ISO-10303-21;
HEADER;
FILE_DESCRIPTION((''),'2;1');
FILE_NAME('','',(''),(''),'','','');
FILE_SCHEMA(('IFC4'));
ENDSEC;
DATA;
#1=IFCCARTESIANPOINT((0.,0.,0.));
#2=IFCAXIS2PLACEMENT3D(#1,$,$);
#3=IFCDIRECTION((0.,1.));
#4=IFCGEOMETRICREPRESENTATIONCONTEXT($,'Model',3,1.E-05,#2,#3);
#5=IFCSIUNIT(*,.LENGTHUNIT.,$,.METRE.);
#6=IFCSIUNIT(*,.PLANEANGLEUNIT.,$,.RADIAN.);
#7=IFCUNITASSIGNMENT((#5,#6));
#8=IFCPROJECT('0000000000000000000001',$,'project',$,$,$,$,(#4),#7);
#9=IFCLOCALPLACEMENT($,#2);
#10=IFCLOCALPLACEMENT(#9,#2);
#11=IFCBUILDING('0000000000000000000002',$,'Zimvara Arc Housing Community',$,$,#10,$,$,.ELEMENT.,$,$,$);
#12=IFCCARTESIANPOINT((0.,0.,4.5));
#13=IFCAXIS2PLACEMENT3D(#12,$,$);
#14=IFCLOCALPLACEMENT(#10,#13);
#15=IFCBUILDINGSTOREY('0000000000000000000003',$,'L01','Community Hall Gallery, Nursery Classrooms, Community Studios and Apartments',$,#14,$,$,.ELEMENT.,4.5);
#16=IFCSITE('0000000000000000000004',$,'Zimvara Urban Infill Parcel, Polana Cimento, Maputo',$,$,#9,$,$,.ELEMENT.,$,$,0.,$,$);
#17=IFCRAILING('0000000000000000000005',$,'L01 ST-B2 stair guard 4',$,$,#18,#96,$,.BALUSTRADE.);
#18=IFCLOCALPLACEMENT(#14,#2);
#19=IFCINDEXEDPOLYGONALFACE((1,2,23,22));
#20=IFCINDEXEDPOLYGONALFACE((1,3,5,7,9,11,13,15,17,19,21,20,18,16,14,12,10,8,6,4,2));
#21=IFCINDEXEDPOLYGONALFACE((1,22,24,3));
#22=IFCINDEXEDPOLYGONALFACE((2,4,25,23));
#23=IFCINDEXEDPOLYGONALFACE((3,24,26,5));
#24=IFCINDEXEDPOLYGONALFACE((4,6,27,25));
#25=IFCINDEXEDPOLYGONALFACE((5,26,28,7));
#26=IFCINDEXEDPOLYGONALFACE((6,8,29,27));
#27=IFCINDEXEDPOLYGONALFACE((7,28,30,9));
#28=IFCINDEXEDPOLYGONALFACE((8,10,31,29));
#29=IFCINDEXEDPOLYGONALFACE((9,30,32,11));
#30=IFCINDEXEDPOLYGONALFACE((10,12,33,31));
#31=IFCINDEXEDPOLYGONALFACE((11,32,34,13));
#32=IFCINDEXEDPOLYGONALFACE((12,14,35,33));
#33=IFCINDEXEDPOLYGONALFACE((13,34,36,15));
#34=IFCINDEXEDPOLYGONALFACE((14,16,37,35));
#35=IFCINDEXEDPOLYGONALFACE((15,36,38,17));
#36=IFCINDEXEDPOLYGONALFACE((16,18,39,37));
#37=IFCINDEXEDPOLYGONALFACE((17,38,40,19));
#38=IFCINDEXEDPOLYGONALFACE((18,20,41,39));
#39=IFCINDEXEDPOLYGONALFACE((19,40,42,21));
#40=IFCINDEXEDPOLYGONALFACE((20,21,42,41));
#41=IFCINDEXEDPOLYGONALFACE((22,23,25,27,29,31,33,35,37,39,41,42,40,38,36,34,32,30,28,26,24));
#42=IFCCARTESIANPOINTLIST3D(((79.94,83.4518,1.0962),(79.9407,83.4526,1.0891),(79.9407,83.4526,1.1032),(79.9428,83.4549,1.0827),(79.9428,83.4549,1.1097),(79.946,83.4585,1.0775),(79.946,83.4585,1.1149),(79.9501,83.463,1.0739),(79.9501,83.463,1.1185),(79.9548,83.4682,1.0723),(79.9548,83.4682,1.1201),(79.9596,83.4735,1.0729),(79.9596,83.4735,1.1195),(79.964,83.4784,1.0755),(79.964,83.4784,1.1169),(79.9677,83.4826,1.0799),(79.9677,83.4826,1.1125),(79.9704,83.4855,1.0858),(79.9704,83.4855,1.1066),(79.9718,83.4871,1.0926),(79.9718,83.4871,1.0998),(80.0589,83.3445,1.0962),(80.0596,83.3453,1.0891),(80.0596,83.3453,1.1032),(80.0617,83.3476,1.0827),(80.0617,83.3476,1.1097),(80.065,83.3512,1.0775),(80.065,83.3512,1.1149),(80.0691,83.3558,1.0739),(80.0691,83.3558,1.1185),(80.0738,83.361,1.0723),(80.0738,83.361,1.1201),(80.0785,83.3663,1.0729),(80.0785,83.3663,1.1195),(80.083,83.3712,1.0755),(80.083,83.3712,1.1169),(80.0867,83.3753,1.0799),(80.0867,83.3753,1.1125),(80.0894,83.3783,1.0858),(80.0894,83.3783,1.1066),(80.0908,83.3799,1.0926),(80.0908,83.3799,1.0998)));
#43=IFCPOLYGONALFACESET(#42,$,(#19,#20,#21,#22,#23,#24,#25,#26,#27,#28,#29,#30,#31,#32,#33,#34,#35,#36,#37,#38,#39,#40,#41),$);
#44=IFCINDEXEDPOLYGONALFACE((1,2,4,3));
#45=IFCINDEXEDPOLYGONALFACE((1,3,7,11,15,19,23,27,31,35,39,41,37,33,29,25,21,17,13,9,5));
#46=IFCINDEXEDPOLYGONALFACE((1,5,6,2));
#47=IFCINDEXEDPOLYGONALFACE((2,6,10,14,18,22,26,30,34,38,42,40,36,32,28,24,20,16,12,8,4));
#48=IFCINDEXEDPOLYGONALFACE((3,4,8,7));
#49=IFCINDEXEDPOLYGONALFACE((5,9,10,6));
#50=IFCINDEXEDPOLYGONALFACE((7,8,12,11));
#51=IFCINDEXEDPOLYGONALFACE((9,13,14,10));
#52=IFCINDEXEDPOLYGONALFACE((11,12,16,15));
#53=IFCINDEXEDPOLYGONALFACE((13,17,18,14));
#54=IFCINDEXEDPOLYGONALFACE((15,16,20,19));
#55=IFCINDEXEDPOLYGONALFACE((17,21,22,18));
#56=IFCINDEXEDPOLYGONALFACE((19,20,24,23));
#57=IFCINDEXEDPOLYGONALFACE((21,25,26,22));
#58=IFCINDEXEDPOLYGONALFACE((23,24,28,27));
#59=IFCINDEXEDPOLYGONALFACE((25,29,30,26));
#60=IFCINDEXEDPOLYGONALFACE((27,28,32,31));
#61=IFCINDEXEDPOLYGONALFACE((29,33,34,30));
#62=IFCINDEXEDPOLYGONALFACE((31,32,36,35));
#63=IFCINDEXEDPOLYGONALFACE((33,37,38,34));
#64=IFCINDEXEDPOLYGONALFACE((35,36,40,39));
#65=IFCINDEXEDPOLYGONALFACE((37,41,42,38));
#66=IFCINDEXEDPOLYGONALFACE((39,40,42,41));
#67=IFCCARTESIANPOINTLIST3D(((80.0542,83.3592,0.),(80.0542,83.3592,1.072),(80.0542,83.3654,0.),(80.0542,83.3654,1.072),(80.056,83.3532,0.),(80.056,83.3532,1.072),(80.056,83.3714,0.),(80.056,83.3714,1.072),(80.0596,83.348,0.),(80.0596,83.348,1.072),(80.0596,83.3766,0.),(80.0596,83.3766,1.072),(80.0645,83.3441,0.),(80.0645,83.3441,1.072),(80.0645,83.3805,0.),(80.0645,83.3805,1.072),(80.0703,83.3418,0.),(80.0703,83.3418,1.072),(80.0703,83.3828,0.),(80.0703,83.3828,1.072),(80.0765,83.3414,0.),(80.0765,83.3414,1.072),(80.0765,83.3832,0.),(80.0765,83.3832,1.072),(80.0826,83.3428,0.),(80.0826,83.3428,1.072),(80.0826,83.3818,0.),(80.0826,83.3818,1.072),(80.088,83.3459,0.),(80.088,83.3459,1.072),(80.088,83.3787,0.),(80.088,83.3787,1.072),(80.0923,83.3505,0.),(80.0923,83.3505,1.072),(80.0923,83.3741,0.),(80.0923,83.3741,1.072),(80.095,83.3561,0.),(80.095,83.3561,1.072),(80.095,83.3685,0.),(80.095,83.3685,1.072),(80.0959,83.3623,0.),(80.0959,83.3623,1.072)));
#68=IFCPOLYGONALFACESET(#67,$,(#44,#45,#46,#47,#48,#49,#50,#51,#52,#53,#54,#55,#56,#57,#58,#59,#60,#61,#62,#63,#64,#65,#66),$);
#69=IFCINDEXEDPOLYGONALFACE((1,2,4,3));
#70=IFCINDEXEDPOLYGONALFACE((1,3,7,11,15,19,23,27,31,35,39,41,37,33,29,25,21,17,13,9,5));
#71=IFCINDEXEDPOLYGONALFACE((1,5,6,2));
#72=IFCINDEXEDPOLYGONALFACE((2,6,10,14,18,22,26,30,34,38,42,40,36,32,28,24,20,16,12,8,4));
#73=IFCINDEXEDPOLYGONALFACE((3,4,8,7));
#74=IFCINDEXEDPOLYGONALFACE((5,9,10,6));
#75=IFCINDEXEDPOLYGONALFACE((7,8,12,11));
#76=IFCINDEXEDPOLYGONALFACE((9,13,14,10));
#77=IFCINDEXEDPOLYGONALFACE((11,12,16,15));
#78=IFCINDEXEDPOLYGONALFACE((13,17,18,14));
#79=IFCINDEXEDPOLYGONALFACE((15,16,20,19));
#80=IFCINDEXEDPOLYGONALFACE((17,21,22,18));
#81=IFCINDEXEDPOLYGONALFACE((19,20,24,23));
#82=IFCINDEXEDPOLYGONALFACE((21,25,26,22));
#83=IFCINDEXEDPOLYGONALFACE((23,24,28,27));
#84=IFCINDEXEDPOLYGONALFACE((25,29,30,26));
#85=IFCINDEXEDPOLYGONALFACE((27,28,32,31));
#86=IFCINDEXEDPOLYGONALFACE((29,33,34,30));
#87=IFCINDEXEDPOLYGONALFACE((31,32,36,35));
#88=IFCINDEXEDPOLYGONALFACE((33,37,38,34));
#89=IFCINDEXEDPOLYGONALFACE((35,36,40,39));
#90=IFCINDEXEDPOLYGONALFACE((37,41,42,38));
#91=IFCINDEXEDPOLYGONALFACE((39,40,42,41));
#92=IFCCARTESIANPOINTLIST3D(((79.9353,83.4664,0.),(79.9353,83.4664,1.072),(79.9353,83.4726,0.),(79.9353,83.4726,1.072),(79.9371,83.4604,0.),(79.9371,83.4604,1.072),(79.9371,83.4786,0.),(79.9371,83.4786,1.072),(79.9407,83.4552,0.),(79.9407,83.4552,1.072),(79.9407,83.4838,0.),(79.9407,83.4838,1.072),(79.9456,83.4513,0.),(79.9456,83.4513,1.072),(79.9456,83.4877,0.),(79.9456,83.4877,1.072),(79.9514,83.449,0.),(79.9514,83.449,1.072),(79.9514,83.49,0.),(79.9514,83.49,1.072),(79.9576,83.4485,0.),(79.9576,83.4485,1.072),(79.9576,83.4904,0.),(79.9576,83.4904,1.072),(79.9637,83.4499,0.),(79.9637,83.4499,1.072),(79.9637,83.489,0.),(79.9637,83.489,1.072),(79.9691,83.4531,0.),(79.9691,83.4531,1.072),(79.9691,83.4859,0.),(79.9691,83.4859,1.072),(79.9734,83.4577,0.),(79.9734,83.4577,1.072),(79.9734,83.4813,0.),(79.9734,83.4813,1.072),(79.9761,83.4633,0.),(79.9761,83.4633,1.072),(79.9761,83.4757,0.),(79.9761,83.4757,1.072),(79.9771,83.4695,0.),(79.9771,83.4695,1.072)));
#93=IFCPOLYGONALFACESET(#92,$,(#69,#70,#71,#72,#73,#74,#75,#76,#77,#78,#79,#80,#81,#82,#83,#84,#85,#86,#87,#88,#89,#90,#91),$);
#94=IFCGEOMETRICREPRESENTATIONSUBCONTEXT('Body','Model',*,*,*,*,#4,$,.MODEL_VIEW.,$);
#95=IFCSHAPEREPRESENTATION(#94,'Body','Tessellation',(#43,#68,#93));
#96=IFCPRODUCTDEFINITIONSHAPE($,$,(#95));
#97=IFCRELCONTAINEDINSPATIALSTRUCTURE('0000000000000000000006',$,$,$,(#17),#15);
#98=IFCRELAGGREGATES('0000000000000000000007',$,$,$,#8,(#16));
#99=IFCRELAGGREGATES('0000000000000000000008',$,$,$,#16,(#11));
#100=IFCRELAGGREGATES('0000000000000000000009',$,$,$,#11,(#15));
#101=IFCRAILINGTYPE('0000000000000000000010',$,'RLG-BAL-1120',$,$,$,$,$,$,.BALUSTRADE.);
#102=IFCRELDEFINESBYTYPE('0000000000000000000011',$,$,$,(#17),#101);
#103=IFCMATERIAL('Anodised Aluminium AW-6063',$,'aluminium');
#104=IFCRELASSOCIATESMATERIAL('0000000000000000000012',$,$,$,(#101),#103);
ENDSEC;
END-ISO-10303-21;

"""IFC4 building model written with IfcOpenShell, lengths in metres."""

from ifc_helpers import new_model, si_unit, direction, frame, origin, origin_2d, place, context, subcontext, project, spatial, circle, extrude, material, type_object, element, save


model = new_model("IFC4")

# Units and contexts
model_context = context("Model", 3, precision=1e-05, world=origin(), true_north=direction((0.0, 1.0)))
body_context = subcontext(model_context, "Body", "Model", "MODEL_VIEW")
ifc_project = project(units=[si_unit("LENGTHUNIT", "METRE"), si_unit("PLANEANGLEUNIT", "RADIAN")], contexts=[model_context])

# Site, building, storey
site_placement = place(None, origin())
site = spatial("IfcSite", under=ifc_project, at=site_placement, Name="Zimvara Urban Infill Parcel, Polana Cimento, Maputo", CompositionType="ELEMENT", RefElevation=0.0)
building_placement = place(site_placement, origin())
building = spatial("IfcBuilding", under=site, at=building_placement, Name="Zimvara Arc Housing Community", CompositionType="ELEMENT")
storey_placement = place(building_placement, frame((0.0, 0.0, 4.5)))
storey = spatial("IfcBuildingStorey", under=building, at=storey_placement, Name="L01", Description="Community Hall Gallery, Nursery Classrooms, Community Studios and Apartments", CompositionType="ELEMENT", Elevation=4.5)

# Railing
ifc_material_1 = material(Name="Anodised Aluminium AW-6063", Category="aluminium")
railing_type_1 = type_object("IfcRailingType", Name="RLG-BAL-1120", PredefinedType="BALUSTRADE", material=ifc_material_1)
railing_1_placement = place(storey_placement, frame((80.075, 83.3623, 0.0)))
element("IfcRailing", 1, at=railing_1_placement, inside=storey, type_object=railing_type_1, Name="L01 ST-B2 stair guard 4", PredefinedType="BALUSTRADE", context=body_context, shape_type="SweptSolid", body=[
    extrude(circle(Radius=0.0239, at=origin_2d()), frame((0.0, 0.0, 1.0962), z_axis=(-0.742763, 0.669554, 0.0), x_axis=(-0.669554, -0.742763, 0.0)), (0.0, 0.0, 1.0), 0.1602),
    extrude(circle(Radius=0.021, at=origin_2d()), origin(), (0.0, 0.0, 1.0), 1.072),
    extrude(circle(Radius=0.021, at=origin_2d()), frame((-0.1189, 0.1072, 0.0)), (0.0, 0.0, 1.0), 1.072),
])

save(model, "model.ifc")
